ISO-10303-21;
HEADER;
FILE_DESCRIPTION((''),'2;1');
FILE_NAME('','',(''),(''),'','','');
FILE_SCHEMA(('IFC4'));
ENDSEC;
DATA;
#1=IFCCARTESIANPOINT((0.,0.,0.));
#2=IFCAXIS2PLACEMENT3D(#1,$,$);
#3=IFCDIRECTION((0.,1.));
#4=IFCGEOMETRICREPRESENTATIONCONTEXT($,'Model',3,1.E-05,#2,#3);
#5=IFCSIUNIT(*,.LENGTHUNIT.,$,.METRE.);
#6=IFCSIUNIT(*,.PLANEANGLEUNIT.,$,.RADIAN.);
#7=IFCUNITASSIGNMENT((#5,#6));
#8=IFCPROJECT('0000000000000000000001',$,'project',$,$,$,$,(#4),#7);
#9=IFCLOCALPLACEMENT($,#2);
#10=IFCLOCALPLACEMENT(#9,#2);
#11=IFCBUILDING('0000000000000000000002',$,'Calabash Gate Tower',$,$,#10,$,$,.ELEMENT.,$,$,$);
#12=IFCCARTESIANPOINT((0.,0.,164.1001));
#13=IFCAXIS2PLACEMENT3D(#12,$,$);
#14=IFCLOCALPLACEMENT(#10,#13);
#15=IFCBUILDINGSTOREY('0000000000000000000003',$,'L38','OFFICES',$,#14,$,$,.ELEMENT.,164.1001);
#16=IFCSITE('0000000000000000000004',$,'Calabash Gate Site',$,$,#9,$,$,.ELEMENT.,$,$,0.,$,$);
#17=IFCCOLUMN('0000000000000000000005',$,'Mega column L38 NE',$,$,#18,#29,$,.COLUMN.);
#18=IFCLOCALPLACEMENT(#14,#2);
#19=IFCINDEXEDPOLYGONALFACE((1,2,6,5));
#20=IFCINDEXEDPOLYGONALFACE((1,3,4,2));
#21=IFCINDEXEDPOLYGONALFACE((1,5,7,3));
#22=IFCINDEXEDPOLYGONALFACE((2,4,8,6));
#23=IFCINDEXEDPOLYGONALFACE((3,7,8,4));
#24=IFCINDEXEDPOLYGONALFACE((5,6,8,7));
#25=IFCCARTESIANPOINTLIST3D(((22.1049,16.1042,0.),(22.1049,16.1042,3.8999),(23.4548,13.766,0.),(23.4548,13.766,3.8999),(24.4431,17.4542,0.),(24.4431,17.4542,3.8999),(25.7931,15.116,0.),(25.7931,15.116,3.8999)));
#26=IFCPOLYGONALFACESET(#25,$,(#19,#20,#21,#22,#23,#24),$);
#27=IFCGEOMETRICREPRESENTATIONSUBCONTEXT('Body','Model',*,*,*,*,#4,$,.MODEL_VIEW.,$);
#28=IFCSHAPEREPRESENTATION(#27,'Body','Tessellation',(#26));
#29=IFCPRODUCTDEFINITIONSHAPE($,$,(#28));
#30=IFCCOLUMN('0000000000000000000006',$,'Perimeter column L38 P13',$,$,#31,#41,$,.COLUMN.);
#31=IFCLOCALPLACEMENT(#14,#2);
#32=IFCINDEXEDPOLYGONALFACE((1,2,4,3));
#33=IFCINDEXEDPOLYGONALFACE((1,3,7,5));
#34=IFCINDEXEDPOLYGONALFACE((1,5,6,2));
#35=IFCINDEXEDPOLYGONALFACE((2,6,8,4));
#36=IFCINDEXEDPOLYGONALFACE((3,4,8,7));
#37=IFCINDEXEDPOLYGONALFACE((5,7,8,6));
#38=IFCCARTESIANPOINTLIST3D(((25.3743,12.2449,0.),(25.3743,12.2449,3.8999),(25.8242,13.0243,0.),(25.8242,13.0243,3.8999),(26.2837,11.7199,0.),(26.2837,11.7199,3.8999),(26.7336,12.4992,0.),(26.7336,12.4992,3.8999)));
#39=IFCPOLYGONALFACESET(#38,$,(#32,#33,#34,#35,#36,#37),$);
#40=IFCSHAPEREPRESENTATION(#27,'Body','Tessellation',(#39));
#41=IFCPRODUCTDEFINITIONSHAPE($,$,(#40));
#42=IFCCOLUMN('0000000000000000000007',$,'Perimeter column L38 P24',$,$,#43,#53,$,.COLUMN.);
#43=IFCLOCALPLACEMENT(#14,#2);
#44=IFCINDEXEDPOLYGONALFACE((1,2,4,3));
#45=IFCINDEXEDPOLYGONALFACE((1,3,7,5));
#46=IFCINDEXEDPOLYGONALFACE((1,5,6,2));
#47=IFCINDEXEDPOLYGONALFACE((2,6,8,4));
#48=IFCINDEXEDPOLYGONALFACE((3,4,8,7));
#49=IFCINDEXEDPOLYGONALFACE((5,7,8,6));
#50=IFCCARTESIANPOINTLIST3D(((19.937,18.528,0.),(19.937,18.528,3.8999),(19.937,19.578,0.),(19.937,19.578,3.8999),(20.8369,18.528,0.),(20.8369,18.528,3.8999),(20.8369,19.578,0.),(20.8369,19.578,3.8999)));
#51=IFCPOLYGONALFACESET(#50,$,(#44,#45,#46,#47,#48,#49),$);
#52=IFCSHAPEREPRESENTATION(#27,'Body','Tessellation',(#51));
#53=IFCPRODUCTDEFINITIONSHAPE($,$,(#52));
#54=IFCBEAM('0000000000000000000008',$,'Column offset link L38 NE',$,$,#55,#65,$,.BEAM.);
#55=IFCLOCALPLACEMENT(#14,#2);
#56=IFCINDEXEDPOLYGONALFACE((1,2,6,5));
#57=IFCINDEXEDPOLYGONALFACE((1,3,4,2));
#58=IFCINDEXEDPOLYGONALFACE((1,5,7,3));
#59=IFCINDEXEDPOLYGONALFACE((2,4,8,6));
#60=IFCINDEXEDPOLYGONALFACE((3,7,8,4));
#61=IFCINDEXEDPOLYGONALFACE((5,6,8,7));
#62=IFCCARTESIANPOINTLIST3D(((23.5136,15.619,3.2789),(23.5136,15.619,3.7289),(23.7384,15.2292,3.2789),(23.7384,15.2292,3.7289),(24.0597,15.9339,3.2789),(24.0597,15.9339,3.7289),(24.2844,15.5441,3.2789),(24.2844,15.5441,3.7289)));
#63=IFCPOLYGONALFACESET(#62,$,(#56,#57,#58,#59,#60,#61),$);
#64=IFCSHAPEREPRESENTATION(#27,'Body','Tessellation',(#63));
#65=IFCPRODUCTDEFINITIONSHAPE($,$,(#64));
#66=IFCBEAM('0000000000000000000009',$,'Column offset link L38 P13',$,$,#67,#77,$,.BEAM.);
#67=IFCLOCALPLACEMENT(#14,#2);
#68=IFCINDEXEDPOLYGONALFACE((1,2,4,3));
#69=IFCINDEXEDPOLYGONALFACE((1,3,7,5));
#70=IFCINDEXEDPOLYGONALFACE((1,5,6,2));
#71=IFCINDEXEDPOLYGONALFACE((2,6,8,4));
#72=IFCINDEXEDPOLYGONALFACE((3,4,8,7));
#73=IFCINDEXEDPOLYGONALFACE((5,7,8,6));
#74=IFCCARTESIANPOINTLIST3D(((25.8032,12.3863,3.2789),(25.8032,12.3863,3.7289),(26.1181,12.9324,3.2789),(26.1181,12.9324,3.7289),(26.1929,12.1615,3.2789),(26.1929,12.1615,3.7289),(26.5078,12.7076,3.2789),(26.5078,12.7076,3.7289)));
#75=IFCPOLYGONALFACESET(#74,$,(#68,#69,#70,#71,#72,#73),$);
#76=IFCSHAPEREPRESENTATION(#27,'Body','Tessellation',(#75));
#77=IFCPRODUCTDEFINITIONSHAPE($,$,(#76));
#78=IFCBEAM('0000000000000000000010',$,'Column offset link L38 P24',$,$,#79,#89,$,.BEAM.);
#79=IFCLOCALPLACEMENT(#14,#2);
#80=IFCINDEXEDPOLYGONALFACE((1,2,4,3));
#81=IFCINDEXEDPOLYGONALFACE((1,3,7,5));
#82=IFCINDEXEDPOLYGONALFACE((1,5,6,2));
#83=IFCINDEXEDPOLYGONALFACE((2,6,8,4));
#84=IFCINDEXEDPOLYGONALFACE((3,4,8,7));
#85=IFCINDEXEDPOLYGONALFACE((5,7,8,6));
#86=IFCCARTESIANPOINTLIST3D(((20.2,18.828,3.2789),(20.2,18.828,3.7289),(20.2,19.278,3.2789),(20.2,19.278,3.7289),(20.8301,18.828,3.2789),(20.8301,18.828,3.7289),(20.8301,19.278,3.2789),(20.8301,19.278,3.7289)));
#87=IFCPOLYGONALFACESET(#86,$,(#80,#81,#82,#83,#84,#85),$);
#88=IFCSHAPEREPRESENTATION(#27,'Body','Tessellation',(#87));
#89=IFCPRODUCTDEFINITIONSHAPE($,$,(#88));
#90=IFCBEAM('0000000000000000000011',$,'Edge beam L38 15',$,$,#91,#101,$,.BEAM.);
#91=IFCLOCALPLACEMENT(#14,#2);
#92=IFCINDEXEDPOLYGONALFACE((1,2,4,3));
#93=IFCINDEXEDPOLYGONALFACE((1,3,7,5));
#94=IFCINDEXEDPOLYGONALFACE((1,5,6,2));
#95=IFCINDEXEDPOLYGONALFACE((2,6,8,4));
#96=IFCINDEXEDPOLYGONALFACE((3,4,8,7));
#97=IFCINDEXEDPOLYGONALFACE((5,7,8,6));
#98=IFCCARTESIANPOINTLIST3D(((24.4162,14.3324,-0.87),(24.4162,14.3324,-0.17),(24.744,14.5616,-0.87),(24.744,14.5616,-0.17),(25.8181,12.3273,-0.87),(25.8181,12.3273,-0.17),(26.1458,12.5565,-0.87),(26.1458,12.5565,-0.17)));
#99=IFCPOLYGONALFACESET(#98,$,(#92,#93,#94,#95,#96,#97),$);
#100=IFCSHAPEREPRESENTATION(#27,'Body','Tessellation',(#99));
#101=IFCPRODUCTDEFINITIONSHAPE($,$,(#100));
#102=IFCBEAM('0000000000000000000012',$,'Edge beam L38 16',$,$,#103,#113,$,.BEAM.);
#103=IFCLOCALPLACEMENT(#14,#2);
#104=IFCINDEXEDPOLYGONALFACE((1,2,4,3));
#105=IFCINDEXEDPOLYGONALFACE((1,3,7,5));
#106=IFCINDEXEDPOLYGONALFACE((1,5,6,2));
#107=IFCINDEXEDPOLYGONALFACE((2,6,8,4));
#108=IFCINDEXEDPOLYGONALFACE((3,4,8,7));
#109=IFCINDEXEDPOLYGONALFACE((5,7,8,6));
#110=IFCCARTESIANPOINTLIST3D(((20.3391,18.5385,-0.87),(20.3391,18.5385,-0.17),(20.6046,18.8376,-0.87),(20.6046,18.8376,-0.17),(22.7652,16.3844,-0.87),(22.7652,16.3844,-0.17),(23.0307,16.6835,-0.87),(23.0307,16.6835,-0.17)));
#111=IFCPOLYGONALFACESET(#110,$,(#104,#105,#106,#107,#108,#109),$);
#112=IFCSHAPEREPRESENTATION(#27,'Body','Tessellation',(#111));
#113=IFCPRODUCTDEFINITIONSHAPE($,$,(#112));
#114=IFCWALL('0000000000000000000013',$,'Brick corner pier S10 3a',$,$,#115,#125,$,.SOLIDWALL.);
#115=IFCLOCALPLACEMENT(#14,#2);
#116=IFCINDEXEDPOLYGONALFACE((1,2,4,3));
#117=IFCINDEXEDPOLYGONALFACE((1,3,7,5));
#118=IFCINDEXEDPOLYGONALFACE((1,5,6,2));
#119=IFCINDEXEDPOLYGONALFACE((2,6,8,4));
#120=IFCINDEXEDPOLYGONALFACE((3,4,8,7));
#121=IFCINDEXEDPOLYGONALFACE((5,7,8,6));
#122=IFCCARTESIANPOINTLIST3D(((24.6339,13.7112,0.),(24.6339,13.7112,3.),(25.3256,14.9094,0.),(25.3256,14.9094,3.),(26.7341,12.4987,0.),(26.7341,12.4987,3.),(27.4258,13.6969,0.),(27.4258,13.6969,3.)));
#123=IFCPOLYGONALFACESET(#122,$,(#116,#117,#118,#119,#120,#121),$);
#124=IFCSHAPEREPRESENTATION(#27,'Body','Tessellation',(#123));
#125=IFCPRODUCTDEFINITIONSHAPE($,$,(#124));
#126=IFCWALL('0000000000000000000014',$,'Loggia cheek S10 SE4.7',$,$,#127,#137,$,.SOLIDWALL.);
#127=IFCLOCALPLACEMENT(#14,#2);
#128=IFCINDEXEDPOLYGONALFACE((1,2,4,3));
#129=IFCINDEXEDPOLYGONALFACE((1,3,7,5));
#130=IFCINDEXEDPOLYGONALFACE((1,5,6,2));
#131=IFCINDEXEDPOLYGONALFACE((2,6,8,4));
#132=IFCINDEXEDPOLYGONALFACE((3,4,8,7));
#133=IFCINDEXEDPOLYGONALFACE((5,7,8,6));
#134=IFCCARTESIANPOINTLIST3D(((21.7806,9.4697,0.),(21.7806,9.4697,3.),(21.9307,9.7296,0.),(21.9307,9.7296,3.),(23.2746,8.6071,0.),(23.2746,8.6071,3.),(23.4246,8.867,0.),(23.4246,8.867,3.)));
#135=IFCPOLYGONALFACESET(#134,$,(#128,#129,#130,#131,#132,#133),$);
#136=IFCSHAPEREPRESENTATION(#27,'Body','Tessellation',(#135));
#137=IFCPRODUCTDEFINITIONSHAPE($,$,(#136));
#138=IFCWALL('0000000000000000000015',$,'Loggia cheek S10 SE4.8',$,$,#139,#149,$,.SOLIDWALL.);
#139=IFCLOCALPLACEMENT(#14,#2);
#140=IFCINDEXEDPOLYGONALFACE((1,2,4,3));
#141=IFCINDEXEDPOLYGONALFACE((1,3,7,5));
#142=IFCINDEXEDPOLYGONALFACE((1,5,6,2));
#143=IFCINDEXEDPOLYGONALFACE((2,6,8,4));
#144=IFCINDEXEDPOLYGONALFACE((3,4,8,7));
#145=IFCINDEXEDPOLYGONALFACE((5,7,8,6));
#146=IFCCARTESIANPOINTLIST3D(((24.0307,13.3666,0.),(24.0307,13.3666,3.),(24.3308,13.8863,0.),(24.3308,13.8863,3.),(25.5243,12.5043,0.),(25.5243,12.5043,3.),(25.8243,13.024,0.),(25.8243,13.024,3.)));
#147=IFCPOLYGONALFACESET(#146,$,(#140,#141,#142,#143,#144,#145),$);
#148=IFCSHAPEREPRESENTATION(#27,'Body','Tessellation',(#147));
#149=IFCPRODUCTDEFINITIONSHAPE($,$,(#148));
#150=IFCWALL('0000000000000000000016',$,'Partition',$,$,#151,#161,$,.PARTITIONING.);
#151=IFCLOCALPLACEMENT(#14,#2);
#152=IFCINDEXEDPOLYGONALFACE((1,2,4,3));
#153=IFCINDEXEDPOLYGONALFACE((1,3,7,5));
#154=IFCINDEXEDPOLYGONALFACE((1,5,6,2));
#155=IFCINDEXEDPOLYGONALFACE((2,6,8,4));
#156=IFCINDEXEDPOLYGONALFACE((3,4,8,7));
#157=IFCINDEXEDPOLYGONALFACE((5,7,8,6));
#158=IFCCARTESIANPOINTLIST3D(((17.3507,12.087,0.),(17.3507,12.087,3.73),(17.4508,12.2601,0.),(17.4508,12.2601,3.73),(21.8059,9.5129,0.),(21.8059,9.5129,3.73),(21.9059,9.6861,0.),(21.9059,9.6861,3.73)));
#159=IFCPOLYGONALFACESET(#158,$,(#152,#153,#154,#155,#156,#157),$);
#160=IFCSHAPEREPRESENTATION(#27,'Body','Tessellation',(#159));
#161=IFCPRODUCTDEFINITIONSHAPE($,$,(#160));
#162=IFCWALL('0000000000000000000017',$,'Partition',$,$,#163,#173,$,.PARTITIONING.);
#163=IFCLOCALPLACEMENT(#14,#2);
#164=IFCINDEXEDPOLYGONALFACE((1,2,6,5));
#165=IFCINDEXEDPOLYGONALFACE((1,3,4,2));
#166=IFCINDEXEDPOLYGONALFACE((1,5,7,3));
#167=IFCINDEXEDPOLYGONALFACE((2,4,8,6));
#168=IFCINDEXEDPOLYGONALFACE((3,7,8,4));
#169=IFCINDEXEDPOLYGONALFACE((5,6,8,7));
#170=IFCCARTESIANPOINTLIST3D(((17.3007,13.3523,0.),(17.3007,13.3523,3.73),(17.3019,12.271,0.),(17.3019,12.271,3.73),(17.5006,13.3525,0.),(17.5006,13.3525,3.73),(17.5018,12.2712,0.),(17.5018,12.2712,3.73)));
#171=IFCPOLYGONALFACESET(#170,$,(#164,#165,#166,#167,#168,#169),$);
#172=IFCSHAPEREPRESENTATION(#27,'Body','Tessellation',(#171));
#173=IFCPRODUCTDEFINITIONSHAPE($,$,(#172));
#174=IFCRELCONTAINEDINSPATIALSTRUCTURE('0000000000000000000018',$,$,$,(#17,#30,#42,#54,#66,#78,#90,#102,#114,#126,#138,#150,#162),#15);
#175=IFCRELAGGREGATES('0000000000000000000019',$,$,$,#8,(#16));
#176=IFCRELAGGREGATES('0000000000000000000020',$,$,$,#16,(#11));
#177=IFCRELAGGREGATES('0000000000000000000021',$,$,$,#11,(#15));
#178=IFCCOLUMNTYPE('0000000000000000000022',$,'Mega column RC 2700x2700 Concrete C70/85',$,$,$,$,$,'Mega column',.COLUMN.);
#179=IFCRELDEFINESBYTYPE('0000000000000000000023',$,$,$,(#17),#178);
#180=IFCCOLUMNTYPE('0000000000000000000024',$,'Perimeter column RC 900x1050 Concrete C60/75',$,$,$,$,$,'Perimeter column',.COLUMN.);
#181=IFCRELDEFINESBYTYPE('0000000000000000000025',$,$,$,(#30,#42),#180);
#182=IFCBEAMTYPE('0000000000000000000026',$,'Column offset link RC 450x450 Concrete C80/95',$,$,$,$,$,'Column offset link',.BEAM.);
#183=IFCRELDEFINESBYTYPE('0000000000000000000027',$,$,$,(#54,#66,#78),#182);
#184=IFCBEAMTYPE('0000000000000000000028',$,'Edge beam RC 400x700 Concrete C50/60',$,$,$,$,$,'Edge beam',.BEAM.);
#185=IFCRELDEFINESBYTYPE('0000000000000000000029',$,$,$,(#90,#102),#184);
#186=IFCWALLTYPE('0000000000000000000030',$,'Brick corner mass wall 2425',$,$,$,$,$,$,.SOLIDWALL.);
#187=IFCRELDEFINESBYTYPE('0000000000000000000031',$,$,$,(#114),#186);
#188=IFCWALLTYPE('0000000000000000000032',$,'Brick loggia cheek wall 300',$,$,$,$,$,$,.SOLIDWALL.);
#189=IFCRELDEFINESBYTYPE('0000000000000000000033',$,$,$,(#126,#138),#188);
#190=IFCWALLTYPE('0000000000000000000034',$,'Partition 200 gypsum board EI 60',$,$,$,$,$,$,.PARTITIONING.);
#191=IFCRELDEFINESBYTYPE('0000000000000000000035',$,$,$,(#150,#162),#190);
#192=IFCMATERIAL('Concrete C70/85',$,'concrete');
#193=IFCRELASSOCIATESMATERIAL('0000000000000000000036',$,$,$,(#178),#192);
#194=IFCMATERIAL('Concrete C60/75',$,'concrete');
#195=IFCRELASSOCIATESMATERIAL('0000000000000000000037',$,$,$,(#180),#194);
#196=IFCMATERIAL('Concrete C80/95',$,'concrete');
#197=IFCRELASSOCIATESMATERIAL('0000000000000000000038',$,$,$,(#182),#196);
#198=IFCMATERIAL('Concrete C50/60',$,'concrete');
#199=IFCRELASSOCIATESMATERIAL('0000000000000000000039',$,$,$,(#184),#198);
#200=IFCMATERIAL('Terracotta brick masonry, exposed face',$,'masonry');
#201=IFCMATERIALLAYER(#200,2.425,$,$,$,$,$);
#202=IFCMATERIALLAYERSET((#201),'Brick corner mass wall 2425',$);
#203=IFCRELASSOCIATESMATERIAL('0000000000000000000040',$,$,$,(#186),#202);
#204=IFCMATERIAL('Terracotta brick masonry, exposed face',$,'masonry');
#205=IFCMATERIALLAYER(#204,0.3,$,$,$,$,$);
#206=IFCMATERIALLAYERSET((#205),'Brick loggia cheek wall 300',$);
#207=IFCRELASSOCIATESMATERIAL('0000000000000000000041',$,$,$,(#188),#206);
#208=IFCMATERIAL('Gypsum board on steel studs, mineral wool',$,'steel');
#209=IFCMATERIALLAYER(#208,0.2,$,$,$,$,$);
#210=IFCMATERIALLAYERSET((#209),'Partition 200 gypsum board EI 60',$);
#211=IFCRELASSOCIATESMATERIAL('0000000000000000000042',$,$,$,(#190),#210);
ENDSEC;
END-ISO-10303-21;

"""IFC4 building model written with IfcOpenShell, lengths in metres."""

from ifc_helpers import new_model, si_unit, direction, frame, frame_2d, origin, origin_2d, place, context, subcontext, project, spatial, rectangle, extrude, material, layer, layer_set, material_profile, profile_set, type_object, element, save


model = new_model("IFC4")

# Units and contexts
model_context = context("Model", 3, precision=1e-05, world=origin(), true_north=direction((0.0, 1.0)))
body_context = subcontext(model_context, "Body", "Model", "MODEL_VIEW")
ifc_project = project(units=[si_unit("LENGTHUNIT", "METRE"), si_unit("PLANEANGLEUNIT", "RADIAN")], contexts=[model_context])

# Site, building, storey
site_placement = place(None, origin())
site = spatial("IfcSite", under=ifc_project, at=site_placement, Name="Calabash Gate Site", CompositionType="ELEMENT", RefElevation=0.0)
building_placement = place(site_placement, origin())
building = spatial("IfcBuilding", under=site, at=building_placement, Name="Calabash Gate Tower", CompositionType="ELEMENT")
storey_placement = place(building_placement, frame((0.0, 0.0, 164.1001)))
storey = spatial("IfcBuildingStorey", under=building, at=storey_placement, Name="L38", Description="OFFICES", CompositionType="ELEMENT", Elevation=164.1001)

# Columns
ifc_material_1 = material(Name="Concrete C70/85", Category="concrete")
ifc_material_profile_1 = material_profile(ifc_material_1, rectangle(XDim=2.7, YDim=2.7, at=origin_2d()))
ifc_profile_set_1 = profile_set([ifc_material_profile_1], Name="Concrete C70/85")
column_type_1 = type_object("IfcColumnType", Name="Mega column RC 2700x2700 Concrete C70/85", ElementType="Mega column", PredefinedType="COLUMN", material=ifc_profile_set_1)
column_placement = place(storey_placement, frame((23.949, 15.6101, 0.0), z_axis=(0.0, 0.0, 1.0), x_axis=(-0.866025, -0.5, 0.0)))
element("IfcColumn", 1, at=column_placement, inside=storey, type_object=column_type_1, Name="Mega column L38 NE", PredefinedType="COLUMN", context=body_context, shape_type="SweptSolid", body=[
    extrude(rectangle(XDim=2.7, YDim=2.7, at=origin_2d()), origin(), (0.0, 0.0, 1.0), 3.8999),
])
ifc_material_2 = material(Name="Concrete C60/75", Category="concrete")
ifc_material_profile_2 = material_profile(ifc_material_2, rectangle(XDim=0.8999, YDim=1.05, at=origin_2d()))
ifc_profile_set_2 = profile_set([ifc_material_profile_2], Name="Concrete C60/75")
column_type_2 = type_object("IfcColumnType", Name="Perimeter column RC 900x1050 Concrete C60/75", ElementType="Perimeter column", PredefinedType="COLUMN", material=ifc_profile_set_2)
for number, where, z_axis, x_axis, name in (
    (2, (26.054, 12.3721, 0.0), (0.0, 0.0, 1.0), (0.5, 0.866025, 0.0), "Perimeter column L38 P13"),
    (3, (20.387, 19.053, 0.0), (0.0, 0.0, 1.0), (-1.0, 0.0, 0.0), "Perimeter column L38 P24"),
):
    element("IfcColumn", number, at=place(storey_placement, frame(where, z_axis=z_axis, x_axis=x_axis)), inside=storey, type_object=column_type_2, Name=name, PredefinedType="COLUMN", context=body_context, shape_type="SweptSolid", body=[
        extrude(rectangle(XDim=0.8999, YDim=1.05, at=origin_2d()), origin(), (0.0, 0.0, 1.0), 3.8999),
    ])

# Beams
ifc_material_3 = material(Name="Concrete C80/95", Category="concrete")
ifc_material_profile_3 = material_profile(ifc_material_3, rectangle(XDim=0.45, YDim=0.45, at=origin_2d()))
ifc_profile_set_3 = profile_set([ifc_material_profile_3], Name="Concrete C80/95")
beam_type_1 = type_object("IfcBeamType", Name="Column offset link RC 450x450 Concrete C80/95", ElementType="Column offset link", PredefinedType="BEAM", material=ifc_profile_set_3)
for number, where, z_axis, x_axis, name in (
    (4, (23.626, 15.4241, 3.5039), (0.866282, 0.499555, 0.0), (-0.499555, 0.866282, 0.0), "Column offset link L38 NE"),
    (5, (25.998, 12.2739, 3.5039), (0.499555, 0.866282, 0.0), (-0.866282, 0.499555, 0.0), "Column offset link L38 P13"),
):
    element("IfcBeam", number, at=place(storey_placement, frame(where, z_axis=z_axis, x_axis=x_axis)), inside=storey, type_object=beam_type_1, Name=name, PredefinedType="BEAM", context=body_context, shape_type="SweptSolid", body=[
        extrude(rectangle(XDim=0.45, YDim=0.45, at=origin_2d()), origin(), (0.0, 0.0, 1.0), 0.6304),
    ])
beam_1_placement = place(storey_placement, frame((20.2, 19.053, 3.5039), z_axis=(1.0, 0.0, 0.0), x_axis=(0.0, 1.0, 0.0)))
element("IfcBeam", 6, at=beam_1_placement, inside=storey, type_object=beam_type_1, Name="Column offset link L38 P24", PredefinedType="BEAM", context=body_context, shape_type="SweptSolid", body=[
    extrude(rectangle(XDim=0.45, YDim=0.45, at=origin_2d()), origin(), (0.0, 0.0, 1.0), 0.6301),
])
ifc_material_4 = material(Name="Concrete C50/60", Category="concrete")
ifc_material_profile_4 = material_profile(ifc_material_4, rectangle(XDim=0.3999, YDim=0.7, at=origin_2d()))
ifc_profile_set_4 = profile_set([ifc_material_profile_4], Name="Concrete C50/60")
beam_type_2 = type_object("IfcBeamType", Name="Edge beam RC 400x700 Concrete C50/60", ElementType="Edge beam", PredefinedType="BEAM", material=ifc_profile_set_4)
beam_2_placement = place(storey_placement, frame((25.9819, 12.4419, -0.52), z_axis=(-0.572987, 0.819565, 0.0), x_axis=(-0.819565, -0.572987, 0.0)))
element("IfcBeam", 7, at=beam_2_placement, inside=storey, type_object=beam_type_2, Name="Edge beam L38 15", PredefinedType="BEAM", context=body_context, shape_type="SweptSolid", body=[
    extrude(rectangle(XDim=0.3999, YDim=0.7, at=origin_2d()), origin(), (0.0, 0.0, 1.0), 2.4465),
])
beam_3_placement = place(storey_placement, frame((22.8979, 16.5339, -0.52), z_axis=(-0.747779, 0.663948, 0.0), x_axis=(-0.663948, -0.747779, 0.0)))
element("IfcBeam", 8, at=beam_3_placement, inside=storey, type_object=beam_type_2, Name="Edge beam L38 16", PredefinedType="BEAM", context=body_context, shape_type="SweptSolid", body=[
    extrude(rectangle(XDim=0.3999, YDim=0.7, at=origin_2d()), origin(), (0.0, 0.0, 1.0), 3.2444),
])

# Walls
ifc_material_5 = material(Name="Terracotta brick masonry, exposed face", Category="masonry")
ifc_layer_1 = layer(ifc_material_5, 2.425)
ifc_layer_set_1 = layer_set([ifc_layer_1], Name="Brick corner mass wall 2425")
wall_type_1 = type_object("IfcWallType", Name="Brick corner mass wall 2425", PredefinedType="SOLIDWALL", material=ifc_layer_set_1)
wall_1_placement = place(storey_placement, frame((27.0798, 13.0979, 0.0), z_axis=(0.0, 0.0, 1.0), x_axis=(-0.866041, 0.499972, 0.0)))
element("IfcWall", 9, at=wall_1_placement, inside=storey, type_object=wall_type_1, Name="Brick corner pier S10 3a", PredefinedType="SOLIDWALL", context=body_context, shape_type="SweptSolid", body=[
    extrude(rectangle(XDim=2.425, YDim=1.3835, at=frame_2d((1.2124, 0.0))), origin(), (0.0, 0.0, 1.0), 3.0),
])
ifc_material_6 = material(Name="Terracotta brick masonry, exposed face", Category="masonry")
ifc_layer_2 = layer(ifc_material_6, 0.3)
ifc_layer_set_2 = layer_set([ifc_layer_2], Name="Brick loggia cheek wall 300")
wall_type_2 = type_object("IfcWallType", Name="Brick loggia cheek wall 300", PredefinedType="SOLIDWALL", material=ifc_layer_set_2)
wall_2_placement = place(storey_placement, frame((23.3496, 8.7371, 0.0), z_axis=(0.0, 0.0, 1.0), x_axis=(-0.866014, 0.500021, 0.0)))
element("IfcWall", 10, at=wall_2_placement, inside=storey, type_object=wall_type_2, Name="Loggia cheek S10 SE4.7", PredefinedType="SOLIDWALL", context=body_context, shape_type="SweptSolid", body=[
    extrude(rectangle(XDim=1.7251, YDim=0.3, at=frame_2d((0.8625, 0.0))), origin(), (0.0, 0.0, 1.0), 3.0),
])
wall_3_placement = place(storey_placement, frame((25.6743, 12.7642, 0.0), z_axis=(0.0, 0.0, 1.0), x_axis=(-0.866039, 0.499976, 0.0)))
element("IfcWall", 11, at=wall_3_placement, inside=storey, type_object=wall_type_2, Name="Loggia cheek S10 SE4.8", PredefinedType="SOLIDWALL", context=body_context, shape_type="SweptSolid", body=[
    extrude(rectangle(XDim=1.7246, YDim=0.6001, at=frame_2d((0.8623, 0.0))), origin(), (0.0, 0.0, 1.0), 3.0),
])
ifc_material_7 = material(Name="Gypsum board on steel studs, mineral wool", Category="steel")
ifc_layer_3 = layer(ifc_material_7, 0.2)
ifc_layer_set_3 = layer_set([ifc_layer_3], Name="Partition 200 gypsum board EI 60")
wall_type_3 = type_object("IfcWallType", Name="Partition 200 gypsum board EI 60", PredefinedType="PARTITIONING", material=ifc_layer_set_3)
wall_4_placement = place(storey_placement, frame((17.4006, 12.1736, 0.0), z_axis=(0.0, 0.0, 1.0), x_axis=(0.865871, -0.500267, 0.0)))
element("IfcWall", 12, at=wall_4_placement, inside=storey, type_object=wall_type_3, Name="Partition", PredefinedType="PARTITIONING", context=body_context, shape_type="SweptSolid", body=[
    extrude(rectangle(XDim=5.1453, YDim=0.2, at=frame_2d((2.5728, 0.0))), origin(), (0.0, 0.0, 1.0), 3.73),
])
wall_5_placement = place(storey_placement, frame((17.4006, 13.3523, 0.0), z_axis=(0.0, 0.0, 1.0), x_axis=(0.001129, -0.999999, 0.0)))
element("IfcWall", 13, at=wall_5_placement, inside=storey, type_object=wall_type_3, Name="Partition", PredefinedType="PARTITIONING", context=body_context, shape_type="SweptSolid", body=[
    extrude(rectangle(XDim=1.0813, YDim=0.2, at=frame_2d((0.5405, 0.0))), origin(), (0.0, 0.0, 1.0), 3.73),
])

save(model, "model.ifc")
